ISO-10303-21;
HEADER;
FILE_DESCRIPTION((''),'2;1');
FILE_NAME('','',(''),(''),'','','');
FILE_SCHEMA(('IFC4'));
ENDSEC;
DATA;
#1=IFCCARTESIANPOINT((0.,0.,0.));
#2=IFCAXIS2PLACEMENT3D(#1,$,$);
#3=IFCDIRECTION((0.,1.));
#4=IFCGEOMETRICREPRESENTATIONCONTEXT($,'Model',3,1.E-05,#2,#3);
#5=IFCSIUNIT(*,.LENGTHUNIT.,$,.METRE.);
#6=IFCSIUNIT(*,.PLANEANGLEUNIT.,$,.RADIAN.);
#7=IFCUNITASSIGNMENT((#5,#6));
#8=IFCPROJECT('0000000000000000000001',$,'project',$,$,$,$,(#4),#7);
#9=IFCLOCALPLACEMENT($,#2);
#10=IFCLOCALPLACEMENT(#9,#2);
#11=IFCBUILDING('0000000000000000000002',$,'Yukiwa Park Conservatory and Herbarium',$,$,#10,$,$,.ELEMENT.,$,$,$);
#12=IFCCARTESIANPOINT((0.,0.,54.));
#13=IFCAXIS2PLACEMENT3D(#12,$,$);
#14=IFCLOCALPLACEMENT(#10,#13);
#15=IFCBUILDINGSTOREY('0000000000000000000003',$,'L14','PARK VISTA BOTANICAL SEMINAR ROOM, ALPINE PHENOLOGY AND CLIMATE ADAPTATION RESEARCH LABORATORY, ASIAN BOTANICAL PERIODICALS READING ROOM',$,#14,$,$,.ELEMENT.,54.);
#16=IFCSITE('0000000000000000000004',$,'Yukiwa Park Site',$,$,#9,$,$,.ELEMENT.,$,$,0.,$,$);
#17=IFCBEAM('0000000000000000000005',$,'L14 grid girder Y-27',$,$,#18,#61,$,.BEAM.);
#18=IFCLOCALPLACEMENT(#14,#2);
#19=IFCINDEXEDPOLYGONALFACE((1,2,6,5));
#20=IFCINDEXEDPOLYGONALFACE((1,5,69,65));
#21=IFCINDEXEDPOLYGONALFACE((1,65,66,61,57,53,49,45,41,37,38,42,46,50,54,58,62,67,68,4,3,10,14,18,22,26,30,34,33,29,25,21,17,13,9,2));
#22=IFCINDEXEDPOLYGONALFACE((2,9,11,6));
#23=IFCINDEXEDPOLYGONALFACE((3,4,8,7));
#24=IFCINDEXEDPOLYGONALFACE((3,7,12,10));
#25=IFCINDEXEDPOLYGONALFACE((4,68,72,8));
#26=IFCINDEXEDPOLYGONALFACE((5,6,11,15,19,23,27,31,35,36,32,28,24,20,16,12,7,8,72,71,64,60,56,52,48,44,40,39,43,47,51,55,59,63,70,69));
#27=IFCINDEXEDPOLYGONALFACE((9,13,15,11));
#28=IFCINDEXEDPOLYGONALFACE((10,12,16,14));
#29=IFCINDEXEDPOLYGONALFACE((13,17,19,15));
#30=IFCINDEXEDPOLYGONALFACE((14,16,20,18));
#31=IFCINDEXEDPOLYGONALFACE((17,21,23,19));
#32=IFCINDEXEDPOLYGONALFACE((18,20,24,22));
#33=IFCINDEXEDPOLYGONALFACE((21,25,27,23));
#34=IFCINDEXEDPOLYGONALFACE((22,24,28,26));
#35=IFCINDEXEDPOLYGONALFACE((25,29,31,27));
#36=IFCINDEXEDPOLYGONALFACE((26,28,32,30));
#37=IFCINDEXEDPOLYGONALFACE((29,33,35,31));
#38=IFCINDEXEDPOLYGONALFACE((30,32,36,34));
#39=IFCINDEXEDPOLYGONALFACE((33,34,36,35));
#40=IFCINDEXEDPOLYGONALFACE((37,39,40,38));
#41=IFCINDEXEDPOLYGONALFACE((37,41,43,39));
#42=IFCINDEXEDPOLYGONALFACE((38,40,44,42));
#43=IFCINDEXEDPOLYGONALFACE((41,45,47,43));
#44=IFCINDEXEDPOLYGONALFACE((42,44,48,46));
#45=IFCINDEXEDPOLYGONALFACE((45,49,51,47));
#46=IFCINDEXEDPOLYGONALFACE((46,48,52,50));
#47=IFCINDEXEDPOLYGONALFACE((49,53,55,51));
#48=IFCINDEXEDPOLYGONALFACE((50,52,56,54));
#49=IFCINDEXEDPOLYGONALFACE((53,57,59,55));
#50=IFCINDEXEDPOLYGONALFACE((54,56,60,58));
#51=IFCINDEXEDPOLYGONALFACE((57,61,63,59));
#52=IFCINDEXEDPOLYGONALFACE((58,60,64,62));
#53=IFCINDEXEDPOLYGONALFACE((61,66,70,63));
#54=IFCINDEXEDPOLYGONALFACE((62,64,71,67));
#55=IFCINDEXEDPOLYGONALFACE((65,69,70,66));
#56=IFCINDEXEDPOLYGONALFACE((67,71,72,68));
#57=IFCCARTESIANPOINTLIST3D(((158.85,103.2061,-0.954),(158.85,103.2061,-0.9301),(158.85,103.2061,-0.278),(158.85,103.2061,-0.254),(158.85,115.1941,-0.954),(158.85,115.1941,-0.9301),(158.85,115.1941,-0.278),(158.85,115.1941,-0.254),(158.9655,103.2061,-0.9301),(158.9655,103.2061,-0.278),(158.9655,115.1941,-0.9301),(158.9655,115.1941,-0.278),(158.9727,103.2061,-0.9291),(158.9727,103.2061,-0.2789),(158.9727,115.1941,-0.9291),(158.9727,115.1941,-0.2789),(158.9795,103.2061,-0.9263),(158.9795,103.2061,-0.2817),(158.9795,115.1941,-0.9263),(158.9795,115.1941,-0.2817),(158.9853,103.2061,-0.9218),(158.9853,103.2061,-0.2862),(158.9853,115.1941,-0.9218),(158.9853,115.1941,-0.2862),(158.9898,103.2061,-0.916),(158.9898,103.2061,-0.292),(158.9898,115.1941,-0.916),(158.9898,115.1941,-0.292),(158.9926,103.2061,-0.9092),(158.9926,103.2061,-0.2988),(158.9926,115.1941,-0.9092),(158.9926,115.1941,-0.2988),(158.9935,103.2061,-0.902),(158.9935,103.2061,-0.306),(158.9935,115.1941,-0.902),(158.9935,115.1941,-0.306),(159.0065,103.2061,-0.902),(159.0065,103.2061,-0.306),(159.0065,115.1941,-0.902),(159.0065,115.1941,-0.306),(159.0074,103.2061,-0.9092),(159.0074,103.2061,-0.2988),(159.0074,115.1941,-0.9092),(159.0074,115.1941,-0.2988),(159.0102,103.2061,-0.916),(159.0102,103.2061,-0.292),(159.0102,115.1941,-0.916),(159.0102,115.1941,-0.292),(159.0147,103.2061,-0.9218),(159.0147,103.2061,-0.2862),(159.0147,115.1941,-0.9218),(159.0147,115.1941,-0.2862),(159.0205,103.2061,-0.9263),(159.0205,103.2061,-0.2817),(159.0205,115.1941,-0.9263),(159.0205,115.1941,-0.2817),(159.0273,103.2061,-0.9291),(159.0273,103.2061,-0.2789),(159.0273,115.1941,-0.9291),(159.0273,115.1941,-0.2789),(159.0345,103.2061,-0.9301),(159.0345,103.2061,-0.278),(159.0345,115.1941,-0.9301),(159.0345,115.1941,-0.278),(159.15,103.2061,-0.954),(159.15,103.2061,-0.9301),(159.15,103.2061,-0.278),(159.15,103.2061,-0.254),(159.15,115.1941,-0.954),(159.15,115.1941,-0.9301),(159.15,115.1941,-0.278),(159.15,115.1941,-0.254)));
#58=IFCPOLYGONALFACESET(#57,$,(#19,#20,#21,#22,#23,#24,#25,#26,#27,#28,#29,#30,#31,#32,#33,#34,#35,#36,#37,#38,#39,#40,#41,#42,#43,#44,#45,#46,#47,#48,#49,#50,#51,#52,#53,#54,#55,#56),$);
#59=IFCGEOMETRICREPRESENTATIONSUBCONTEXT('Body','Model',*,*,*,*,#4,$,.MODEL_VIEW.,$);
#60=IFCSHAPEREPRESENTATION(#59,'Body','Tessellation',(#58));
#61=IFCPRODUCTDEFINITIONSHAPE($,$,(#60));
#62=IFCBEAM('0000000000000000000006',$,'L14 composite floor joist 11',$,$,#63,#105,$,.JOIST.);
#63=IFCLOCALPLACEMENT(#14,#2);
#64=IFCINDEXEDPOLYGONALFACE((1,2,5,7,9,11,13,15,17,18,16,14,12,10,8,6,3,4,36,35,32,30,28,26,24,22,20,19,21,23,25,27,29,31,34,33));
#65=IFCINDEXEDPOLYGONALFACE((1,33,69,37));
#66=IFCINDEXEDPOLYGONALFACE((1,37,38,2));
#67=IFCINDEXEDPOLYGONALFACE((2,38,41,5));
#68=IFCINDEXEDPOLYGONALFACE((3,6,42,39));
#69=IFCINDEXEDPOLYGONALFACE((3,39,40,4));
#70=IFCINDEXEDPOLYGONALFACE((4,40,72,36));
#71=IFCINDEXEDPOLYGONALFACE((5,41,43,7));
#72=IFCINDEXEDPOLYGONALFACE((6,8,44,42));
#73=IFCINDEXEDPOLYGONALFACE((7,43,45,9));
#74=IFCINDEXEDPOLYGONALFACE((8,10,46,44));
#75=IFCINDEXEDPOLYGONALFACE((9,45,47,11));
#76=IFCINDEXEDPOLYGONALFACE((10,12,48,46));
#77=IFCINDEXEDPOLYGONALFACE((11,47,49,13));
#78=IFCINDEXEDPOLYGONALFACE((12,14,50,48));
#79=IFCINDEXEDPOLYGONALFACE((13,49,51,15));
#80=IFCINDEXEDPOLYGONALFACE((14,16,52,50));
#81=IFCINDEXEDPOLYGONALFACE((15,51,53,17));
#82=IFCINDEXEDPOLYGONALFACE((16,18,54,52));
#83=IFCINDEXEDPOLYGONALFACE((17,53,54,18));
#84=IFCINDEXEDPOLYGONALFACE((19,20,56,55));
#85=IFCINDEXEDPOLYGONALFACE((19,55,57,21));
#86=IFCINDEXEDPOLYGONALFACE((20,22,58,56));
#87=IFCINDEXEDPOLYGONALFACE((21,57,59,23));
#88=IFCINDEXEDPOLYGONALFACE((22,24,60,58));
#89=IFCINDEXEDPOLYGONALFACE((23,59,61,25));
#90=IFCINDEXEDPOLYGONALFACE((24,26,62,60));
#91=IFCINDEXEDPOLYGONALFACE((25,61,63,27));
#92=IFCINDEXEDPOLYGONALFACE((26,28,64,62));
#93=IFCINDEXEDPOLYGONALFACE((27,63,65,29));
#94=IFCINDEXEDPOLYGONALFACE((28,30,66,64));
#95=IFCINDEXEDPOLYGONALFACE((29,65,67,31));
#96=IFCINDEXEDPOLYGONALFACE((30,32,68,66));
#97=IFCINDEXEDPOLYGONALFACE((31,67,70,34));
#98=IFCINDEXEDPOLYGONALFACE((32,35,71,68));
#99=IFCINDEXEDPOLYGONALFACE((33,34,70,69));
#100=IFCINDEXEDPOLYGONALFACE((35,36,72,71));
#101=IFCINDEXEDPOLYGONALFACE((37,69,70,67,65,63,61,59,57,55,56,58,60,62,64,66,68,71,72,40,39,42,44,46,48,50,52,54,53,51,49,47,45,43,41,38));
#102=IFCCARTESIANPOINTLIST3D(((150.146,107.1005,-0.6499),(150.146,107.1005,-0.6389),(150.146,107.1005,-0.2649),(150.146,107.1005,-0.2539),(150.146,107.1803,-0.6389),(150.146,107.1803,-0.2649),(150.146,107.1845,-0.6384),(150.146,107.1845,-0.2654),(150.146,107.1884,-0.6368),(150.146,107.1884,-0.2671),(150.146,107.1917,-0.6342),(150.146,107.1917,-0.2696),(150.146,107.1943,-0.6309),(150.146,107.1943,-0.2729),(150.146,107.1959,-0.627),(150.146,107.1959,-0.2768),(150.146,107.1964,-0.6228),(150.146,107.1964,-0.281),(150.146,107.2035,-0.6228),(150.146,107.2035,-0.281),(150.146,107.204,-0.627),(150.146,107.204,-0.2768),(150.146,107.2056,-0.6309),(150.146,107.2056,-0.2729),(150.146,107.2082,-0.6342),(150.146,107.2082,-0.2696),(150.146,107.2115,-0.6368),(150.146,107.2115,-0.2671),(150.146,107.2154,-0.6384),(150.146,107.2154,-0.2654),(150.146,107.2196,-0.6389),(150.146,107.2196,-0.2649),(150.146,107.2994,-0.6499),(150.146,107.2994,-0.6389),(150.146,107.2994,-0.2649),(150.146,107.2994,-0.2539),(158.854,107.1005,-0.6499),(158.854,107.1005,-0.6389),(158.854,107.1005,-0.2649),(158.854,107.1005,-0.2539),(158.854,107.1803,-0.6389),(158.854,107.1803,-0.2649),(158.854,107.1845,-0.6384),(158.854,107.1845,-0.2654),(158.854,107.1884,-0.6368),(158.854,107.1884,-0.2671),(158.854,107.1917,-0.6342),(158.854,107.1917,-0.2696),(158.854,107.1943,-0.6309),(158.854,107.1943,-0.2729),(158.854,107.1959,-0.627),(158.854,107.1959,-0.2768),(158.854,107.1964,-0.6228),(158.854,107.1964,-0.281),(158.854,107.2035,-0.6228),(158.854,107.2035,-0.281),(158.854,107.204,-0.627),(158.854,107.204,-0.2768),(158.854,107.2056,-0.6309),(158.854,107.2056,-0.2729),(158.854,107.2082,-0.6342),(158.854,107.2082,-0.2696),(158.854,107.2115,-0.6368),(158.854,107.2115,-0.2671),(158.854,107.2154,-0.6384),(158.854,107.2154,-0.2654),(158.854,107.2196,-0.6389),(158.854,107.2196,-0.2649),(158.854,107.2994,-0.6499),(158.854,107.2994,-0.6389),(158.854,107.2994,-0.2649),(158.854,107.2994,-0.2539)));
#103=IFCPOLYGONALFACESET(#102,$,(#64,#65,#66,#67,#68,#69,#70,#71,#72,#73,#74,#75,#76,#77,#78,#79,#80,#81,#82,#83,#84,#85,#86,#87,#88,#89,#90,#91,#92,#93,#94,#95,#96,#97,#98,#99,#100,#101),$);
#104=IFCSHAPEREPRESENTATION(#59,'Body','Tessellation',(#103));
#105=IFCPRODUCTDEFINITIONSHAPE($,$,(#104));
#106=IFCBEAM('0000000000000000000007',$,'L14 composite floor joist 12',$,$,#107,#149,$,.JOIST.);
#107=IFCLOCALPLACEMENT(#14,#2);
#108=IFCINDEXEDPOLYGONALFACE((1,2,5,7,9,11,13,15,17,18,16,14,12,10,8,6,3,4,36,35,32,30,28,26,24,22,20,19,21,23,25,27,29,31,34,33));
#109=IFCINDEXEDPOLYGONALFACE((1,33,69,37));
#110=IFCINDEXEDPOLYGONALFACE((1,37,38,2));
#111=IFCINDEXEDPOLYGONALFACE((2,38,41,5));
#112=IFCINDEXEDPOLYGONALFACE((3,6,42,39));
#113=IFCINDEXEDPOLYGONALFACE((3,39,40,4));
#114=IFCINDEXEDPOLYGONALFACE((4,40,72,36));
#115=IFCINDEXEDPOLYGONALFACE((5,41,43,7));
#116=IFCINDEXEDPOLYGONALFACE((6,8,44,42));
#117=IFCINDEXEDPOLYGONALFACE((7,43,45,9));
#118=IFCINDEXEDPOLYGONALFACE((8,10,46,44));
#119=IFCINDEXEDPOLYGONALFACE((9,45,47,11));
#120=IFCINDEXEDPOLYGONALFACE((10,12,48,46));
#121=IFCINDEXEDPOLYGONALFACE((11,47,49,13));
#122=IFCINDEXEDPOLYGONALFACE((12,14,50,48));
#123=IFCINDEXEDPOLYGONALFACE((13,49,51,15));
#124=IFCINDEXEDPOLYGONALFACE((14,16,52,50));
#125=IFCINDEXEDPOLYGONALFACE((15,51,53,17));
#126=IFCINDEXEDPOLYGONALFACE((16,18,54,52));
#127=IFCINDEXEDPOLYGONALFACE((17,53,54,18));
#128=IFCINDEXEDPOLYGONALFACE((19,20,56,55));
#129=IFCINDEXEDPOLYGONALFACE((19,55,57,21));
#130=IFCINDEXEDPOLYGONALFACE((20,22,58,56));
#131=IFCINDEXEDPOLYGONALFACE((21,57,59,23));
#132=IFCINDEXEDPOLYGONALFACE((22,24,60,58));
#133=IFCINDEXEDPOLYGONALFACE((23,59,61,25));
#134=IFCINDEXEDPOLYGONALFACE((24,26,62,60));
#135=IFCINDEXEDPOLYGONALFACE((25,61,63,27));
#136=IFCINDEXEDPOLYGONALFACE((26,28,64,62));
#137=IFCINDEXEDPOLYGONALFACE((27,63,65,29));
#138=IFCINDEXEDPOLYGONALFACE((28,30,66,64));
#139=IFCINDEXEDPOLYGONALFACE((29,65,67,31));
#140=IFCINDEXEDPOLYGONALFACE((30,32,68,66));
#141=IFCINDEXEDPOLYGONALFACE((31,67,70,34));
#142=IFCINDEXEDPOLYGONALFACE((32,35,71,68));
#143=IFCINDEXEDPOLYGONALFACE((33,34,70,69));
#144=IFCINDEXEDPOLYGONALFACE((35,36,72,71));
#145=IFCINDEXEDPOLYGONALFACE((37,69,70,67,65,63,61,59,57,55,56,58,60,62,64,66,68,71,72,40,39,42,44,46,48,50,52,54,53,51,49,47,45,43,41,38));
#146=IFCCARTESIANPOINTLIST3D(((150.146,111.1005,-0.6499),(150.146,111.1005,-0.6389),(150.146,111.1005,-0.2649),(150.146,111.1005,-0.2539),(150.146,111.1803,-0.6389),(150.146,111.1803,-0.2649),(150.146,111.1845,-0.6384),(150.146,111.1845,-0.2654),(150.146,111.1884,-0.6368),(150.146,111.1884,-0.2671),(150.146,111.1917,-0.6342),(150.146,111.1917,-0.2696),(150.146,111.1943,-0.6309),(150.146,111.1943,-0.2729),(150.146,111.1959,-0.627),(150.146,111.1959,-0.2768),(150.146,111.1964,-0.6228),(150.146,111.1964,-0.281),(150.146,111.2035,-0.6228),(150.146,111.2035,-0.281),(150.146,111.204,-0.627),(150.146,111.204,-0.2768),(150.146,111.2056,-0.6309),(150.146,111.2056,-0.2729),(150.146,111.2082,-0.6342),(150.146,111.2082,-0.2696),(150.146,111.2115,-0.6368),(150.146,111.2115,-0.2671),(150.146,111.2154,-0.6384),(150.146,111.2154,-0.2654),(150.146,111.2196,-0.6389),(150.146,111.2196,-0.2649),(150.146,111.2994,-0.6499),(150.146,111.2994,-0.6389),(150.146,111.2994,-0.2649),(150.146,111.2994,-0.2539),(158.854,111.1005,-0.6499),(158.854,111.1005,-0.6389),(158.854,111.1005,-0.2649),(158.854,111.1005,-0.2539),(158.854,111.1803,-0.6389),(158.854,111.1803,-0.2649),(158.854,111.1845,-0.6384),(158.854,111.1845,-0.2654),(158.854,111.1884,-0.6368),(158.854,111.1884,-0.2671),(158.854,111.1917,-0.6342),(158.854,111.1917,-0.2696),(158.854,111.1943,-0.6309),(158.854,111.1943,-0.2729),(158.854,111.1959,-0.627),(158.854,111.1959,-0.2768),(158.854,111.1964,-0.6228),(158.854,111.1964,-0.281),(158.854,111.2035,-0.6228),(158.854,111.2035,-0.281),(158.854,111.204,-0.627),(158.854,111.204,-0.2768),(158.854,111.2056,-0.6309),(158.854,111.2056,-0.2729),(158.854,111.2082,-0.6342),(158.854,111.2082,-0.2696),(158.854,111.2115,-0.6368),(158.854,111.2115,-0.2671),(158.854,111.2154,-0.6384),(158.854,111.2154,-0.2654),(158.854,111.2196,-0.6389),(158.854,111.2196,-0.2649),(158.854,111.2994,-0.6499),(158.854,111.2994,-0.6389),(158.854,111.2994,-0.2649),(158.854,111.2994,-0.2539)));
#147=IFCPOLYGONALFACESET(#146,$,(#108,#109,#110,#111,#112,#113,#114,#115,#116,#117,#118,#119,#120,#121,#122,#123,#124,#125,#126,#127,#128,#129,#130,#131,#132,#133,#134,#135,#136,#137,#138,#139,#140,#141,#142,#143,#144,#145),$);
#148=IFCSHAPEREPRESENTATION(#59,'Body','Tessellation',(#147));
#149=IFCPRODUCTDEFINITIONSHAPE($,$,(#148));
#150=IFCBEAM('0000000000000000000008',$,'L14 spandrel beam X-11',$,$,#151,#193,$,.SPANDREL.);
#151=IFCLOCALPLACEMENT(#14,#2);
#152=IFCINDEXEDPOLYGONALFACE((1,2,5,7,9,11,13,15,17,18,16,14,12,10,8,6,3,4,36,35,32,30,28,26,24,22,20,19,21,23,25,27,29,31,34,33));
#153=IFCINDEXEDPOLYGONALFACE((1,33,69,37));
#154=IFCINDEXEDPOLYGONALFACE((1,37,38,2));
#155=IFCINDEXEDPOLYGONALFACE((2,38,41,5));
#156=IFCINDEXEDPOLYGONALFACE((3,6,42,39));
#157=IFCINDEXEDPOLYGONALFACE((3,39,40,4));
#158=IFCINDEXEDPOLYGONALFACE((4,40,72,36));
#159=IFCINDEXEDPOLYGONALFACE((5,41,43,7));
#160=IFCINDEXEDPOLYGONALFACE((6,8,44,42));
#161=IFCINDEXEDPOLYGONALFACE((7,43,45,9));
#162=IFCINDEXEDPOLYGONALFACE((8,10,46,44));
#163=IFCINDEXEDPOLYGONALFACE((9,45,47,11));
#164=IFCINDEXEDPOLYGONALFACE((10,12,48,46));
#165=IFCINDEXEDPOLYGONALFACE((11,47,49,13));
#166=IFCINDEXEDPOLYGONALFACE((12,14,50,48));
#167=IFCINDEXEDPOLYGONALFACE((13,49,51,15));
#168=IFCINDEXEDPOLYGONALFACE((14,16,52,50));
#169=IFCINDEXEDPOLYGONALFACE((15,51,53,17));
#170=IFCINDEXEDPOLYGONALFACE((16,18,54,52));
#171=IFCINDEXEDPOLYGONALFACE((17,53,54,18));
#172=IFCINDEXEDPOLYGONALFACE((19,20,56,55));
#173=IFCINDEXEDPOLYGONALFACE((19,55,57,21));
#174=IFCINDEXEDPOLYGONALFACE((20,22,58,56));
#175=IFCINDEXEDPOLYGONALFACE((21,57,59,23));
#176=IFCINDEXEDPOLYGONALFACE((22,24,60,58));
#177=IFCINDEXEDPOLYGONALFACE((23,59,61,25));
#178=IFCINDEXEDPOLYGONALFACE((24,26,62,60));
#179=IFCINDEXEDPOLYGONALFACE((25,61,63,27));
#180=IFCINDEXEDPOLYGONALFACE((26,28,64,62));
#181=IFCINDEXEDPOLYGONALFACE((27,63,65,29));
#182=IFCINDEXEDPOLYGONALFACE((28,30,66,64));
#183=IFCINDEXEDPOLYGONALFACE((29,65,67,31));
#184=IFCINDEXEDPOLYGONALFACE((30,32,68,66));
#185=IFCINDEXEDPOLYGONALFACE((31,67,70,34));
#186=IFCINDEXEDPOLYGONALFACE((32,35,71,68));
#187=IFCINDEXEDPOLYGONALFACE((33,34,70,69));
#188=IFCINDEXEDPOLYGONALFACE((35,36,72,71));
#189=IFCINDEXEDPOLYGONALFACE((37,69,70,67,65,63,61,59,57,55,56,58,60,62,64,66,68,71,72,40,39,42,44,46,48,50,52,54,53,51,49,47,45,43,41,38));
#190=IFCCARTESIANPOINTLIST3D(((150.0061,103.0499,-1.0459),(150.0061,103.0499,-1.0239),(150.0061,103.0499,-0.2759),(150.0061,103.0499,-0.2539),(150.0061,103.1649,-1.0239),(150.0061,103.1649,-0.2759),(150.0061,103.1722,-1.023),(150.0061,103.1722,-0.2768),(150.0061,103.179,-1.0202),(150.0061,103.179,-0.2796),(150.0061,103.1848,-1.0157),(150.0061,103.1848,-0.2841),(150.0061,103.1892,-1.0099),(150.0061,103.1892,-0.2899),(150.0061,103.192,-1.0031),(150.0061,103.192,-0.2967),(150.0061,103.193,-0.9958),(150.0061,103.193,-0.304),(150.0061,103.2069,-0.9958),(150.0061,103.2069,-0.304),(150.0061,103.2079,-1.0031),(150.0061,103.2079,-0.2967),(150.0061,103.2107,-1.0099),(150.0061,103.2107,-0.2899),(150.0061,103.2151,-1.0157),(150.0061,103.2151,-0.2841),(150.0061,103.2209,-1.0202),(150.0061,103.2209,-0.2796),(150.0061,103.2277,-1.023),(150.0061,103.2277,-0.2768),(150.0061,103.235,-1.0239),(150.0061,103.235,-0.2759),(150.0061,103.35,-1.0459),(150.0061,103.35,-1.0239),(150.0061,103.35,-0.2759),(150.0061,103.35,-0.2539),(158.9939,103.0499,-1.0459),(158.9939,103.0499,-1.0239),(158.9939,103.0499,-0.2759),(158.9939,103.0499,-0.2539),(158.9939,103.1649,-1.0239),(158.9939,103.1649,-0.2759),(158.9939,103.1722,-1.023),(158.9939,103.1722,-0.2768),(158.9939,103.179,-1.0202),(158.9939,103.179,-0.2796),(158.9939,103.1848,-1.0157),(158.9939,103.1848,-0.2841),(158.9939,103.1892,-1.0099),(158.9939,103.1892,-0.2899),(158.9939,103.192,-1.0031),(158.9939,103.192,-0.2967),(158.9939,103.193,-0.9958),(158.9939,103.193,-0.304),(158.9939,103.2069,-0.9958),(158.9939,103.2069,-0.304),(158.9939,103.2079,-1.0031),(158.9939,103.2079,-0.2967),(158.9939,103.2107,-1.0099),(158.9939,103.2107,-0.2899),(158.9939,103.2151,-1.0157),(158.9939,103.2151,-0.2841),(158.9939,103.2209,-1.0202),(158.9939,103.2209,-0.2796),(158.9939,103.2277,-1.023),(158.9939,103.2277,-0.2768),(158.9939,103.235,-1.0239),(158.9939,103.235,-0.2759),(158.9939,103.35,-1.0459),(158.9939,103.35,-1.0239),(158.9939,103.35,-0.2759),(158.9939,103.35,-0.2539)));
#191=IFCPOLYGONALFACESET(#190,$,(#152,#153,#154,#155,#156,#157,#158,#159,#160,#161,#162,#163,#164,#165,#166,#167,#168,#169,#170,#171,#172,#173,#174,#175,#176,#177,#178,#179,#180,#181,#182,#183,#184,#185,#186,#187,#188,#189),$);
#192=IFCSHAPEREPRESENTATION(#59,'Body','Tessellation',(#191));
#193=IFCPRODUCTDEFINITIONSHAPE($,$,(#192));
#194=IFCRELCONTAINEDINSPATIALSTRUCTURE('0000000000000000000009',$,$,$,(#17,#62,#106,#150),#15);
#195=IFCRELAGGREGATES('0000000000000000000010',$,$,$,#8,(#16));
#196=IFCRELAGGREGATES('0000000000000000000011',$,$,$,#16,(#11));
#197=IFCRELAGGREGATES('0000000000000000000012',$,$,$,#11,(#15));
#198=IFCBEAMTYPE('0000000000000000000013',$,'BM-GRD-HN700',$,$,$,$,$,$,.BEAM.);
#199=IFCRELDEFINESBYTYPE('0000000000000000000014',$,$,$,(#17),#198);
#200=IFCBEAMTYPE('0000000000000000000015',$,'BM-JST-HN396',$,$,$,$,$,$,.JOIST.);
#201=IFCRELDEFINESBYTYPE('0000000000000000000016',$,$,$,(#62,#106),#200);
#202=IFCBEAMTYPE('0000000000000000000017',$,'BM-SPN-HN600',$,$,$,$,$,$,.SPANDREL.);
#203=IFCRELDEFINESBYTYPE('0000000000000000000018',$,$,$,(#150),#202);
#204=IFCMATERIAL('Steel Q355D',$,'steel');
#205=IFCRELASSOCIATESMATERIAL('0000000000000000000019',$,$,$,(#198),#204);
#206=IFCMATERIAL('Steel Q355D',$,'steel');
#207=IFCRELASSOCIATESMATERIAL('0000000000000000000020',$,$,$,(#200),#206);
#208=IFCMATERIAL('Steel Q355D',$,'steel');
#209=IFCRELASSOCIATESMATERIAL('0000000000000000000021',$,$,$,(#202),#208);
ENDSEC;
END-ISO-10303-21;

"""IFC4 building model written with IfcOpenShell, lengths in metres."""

from ifc_helpers import new_model, si_unit, direction, frame, origin, origin_2d, place, context, subcontext, project, spatial, i_section, extrude, material, material_profile, profile_set, type_object, element, save


model = new_model("IFC4")

# Units and contexts
model_context = context("Model", 3, precision=1e-05, world=origin(), true_north=direction((0.0, 1.0)))
body_context = subcontext(model_context, "Body", "Model", "MODEL_VIEW")
ifc_project = project(units=[si_unit("LENGTHUNIT", "METRE"), si_unit("PLANEANGLEUNIT", "RADIAN")], contexts=[model_context])

# Site, building, storey
site_placement = place(None, origin())
site = spatial("IfcSite", under=ifc_project, at=site_placement, Name="Yukiwa Park Site", CompositionType="ELEMENT", RefElevation=0.0)
building_placement = place(site_placement, origin())
building = spatial("IfcBuilding", under=site, at=building_placement, Name="Yukiwa Park Conservatory and Herbarium", CompositionType="ELEMENT")
storey_placement = place(building_placement, frame((0.0, 0.0, 54.0)))
storey = spatial("IfcBuildingStorey", under=building, at=storey_placement, Name="L14", Description="PARK VISTA BOTANICAL SEMINAR ROOM, ALPINE PHENOLOGY AND CLIMATE ADAPTATION RESEARCH LABORATORY, ASIAN BOTANICAL PERIODICALS READING ROOM", CompositionType="ELEMENT", Elevation=54.0)

# Beams
ifc_material_1 = material(Name="Steel Q355D", Category="steel")
ifc_material_profile_1 = material_profile(ifc_material_1, i_section(OverallWidth=0.3, OverallDepth=0.7, WebThickness=0.0129, FlangeThickness=0.0239, FilletRadius=0.0281, at=origin_2d()), Name="HN 700x300x13x24")
ifc_profile_set_1 = profile_set([ifc_material_profile_1], Name="Steel Q355D")
beam_type_1 = type_object("IfcBeamType", Name="BM-GRD-HN700", PredefinedType="BEAM", material=ifc_profile_set_1)
beam_1_placement = place(storey_placement, frame((159.0, 103.2061, -0.604), z_axis=(0.0, 1.0, 0.0), x_axis=(-1.0, 0.0, 0.0)))
element("IfcBeam", 1, at=beam_1_placement, inside=storey, type_object=beam_type_1, Name="L14 grid girder Y-27", PredefinedType="BEAM", context=body_context, shape_type="SweptSolid", body=[
    extrude(i_section(OverallWidth=0.3, OverallDepth=0.7, WebThickness=0.0129, FlangeThickness=0.0239, FilletRadius=0.0281, at=origin_2d()), origin(), (0.0, 0.0, 1.0), 11.988),
])
ifc_material_2 = material(Name="Steel Q355D", Category="steel")
ifc_material_profile_2 = material_profile(ifc_material_2, i_section(OverallWidth=0.199, OverallDepth=0.396, WebThickness=0.0071, FlangeThickness=0.011, FilletRadius=0.0161, at=origin_2d()), Name="HN 396x199x7x11")
ifc_profile_set_2 = profile_set([ifc_material_profile_2], Name="Steel Q355D")
beam_type_2 = type_object("IfcBeamType", Name="BM-JST-HN396", PredefinedType="JOIST", material=ifc_profile_set_2)
for number, where, z_axis, x_axis, name in (
    (2, (150.146, 107.2, -0.4519), (1.0, 0.0, 0.0), (0.0, 1.0, 0.0), "L14 composite floor joist 11"),
    (3, (150.146, 111.2, -0.4519), (1.0, 0.0, 0.0), (0.0, 1.0, 0.0), "L14 composite floor joist 12"),
):
    element("IfcBeam", number, at=place(storey_placement, frame(where, z_axis=z_axis, x_axis=x_axis)), inside=storey, type_object=beam_type_2, Name=name, PredefinedType="JOIST", context=body_context, shape_type="SweptSolid", body=[
        extrude(i_section(OverallWidth=0.199, OverallDepth=0.396, WebThickness=0.0071, FlangeThickness=0.011, FilletRadius=0.0161, at=origin_2d()), origin(), (0.0, 0.0, 1.0), 8.708),
    ])
ifc_material_3 = material(Name="Steel Q355D", Category="steel")
ifc_material_profile_3 = material_profile(ifc_material_3, i_section(OverallWidth=0.3, OverallDepth=0.792, WebThickness=0.0139, FlangeThickness=0.022, FilletRadius=0.0281, at=origin_2d()), Name="HN 792x300x14x22")
ifc_profile_set_3 = profile_set([ifc_material_profile_3], Name="Steel Q355D")
beam_type_3 = type_object("IfcBeamType", Name="BM-SPN-HN600", PredefinedType="SPANDREL", material=ifc_profile_set_3)
for number, where, z_axis, x_axis, name in (
    (4, (150.0061, 103.2, -0.6499), (1.0, 0.0, 0.0), (0.0, 1.0, 0.0), "L14 spandrel beam X-11"),
):
    element("IfcBeam", number, at=place(storey_placement, frame(where, z_axis=z_axis, x_axis=x_axis)), inside=storey, type_object=beam_type_3, Name=name, PredefinedType="SPANDREL", context=body_context, shape_type="SweptSolid", body=[
        extrude(i_section(OverallWidth=0.3, OverallDepth=0.792, WebThickness=0.0139, FlangeThickness=0.022, FilletRadius=0.0281, at=origin_2d()), origin(), (0.0, 0.0, 1.0), 8.9878),
    ])

save(model, "model.ifc")
